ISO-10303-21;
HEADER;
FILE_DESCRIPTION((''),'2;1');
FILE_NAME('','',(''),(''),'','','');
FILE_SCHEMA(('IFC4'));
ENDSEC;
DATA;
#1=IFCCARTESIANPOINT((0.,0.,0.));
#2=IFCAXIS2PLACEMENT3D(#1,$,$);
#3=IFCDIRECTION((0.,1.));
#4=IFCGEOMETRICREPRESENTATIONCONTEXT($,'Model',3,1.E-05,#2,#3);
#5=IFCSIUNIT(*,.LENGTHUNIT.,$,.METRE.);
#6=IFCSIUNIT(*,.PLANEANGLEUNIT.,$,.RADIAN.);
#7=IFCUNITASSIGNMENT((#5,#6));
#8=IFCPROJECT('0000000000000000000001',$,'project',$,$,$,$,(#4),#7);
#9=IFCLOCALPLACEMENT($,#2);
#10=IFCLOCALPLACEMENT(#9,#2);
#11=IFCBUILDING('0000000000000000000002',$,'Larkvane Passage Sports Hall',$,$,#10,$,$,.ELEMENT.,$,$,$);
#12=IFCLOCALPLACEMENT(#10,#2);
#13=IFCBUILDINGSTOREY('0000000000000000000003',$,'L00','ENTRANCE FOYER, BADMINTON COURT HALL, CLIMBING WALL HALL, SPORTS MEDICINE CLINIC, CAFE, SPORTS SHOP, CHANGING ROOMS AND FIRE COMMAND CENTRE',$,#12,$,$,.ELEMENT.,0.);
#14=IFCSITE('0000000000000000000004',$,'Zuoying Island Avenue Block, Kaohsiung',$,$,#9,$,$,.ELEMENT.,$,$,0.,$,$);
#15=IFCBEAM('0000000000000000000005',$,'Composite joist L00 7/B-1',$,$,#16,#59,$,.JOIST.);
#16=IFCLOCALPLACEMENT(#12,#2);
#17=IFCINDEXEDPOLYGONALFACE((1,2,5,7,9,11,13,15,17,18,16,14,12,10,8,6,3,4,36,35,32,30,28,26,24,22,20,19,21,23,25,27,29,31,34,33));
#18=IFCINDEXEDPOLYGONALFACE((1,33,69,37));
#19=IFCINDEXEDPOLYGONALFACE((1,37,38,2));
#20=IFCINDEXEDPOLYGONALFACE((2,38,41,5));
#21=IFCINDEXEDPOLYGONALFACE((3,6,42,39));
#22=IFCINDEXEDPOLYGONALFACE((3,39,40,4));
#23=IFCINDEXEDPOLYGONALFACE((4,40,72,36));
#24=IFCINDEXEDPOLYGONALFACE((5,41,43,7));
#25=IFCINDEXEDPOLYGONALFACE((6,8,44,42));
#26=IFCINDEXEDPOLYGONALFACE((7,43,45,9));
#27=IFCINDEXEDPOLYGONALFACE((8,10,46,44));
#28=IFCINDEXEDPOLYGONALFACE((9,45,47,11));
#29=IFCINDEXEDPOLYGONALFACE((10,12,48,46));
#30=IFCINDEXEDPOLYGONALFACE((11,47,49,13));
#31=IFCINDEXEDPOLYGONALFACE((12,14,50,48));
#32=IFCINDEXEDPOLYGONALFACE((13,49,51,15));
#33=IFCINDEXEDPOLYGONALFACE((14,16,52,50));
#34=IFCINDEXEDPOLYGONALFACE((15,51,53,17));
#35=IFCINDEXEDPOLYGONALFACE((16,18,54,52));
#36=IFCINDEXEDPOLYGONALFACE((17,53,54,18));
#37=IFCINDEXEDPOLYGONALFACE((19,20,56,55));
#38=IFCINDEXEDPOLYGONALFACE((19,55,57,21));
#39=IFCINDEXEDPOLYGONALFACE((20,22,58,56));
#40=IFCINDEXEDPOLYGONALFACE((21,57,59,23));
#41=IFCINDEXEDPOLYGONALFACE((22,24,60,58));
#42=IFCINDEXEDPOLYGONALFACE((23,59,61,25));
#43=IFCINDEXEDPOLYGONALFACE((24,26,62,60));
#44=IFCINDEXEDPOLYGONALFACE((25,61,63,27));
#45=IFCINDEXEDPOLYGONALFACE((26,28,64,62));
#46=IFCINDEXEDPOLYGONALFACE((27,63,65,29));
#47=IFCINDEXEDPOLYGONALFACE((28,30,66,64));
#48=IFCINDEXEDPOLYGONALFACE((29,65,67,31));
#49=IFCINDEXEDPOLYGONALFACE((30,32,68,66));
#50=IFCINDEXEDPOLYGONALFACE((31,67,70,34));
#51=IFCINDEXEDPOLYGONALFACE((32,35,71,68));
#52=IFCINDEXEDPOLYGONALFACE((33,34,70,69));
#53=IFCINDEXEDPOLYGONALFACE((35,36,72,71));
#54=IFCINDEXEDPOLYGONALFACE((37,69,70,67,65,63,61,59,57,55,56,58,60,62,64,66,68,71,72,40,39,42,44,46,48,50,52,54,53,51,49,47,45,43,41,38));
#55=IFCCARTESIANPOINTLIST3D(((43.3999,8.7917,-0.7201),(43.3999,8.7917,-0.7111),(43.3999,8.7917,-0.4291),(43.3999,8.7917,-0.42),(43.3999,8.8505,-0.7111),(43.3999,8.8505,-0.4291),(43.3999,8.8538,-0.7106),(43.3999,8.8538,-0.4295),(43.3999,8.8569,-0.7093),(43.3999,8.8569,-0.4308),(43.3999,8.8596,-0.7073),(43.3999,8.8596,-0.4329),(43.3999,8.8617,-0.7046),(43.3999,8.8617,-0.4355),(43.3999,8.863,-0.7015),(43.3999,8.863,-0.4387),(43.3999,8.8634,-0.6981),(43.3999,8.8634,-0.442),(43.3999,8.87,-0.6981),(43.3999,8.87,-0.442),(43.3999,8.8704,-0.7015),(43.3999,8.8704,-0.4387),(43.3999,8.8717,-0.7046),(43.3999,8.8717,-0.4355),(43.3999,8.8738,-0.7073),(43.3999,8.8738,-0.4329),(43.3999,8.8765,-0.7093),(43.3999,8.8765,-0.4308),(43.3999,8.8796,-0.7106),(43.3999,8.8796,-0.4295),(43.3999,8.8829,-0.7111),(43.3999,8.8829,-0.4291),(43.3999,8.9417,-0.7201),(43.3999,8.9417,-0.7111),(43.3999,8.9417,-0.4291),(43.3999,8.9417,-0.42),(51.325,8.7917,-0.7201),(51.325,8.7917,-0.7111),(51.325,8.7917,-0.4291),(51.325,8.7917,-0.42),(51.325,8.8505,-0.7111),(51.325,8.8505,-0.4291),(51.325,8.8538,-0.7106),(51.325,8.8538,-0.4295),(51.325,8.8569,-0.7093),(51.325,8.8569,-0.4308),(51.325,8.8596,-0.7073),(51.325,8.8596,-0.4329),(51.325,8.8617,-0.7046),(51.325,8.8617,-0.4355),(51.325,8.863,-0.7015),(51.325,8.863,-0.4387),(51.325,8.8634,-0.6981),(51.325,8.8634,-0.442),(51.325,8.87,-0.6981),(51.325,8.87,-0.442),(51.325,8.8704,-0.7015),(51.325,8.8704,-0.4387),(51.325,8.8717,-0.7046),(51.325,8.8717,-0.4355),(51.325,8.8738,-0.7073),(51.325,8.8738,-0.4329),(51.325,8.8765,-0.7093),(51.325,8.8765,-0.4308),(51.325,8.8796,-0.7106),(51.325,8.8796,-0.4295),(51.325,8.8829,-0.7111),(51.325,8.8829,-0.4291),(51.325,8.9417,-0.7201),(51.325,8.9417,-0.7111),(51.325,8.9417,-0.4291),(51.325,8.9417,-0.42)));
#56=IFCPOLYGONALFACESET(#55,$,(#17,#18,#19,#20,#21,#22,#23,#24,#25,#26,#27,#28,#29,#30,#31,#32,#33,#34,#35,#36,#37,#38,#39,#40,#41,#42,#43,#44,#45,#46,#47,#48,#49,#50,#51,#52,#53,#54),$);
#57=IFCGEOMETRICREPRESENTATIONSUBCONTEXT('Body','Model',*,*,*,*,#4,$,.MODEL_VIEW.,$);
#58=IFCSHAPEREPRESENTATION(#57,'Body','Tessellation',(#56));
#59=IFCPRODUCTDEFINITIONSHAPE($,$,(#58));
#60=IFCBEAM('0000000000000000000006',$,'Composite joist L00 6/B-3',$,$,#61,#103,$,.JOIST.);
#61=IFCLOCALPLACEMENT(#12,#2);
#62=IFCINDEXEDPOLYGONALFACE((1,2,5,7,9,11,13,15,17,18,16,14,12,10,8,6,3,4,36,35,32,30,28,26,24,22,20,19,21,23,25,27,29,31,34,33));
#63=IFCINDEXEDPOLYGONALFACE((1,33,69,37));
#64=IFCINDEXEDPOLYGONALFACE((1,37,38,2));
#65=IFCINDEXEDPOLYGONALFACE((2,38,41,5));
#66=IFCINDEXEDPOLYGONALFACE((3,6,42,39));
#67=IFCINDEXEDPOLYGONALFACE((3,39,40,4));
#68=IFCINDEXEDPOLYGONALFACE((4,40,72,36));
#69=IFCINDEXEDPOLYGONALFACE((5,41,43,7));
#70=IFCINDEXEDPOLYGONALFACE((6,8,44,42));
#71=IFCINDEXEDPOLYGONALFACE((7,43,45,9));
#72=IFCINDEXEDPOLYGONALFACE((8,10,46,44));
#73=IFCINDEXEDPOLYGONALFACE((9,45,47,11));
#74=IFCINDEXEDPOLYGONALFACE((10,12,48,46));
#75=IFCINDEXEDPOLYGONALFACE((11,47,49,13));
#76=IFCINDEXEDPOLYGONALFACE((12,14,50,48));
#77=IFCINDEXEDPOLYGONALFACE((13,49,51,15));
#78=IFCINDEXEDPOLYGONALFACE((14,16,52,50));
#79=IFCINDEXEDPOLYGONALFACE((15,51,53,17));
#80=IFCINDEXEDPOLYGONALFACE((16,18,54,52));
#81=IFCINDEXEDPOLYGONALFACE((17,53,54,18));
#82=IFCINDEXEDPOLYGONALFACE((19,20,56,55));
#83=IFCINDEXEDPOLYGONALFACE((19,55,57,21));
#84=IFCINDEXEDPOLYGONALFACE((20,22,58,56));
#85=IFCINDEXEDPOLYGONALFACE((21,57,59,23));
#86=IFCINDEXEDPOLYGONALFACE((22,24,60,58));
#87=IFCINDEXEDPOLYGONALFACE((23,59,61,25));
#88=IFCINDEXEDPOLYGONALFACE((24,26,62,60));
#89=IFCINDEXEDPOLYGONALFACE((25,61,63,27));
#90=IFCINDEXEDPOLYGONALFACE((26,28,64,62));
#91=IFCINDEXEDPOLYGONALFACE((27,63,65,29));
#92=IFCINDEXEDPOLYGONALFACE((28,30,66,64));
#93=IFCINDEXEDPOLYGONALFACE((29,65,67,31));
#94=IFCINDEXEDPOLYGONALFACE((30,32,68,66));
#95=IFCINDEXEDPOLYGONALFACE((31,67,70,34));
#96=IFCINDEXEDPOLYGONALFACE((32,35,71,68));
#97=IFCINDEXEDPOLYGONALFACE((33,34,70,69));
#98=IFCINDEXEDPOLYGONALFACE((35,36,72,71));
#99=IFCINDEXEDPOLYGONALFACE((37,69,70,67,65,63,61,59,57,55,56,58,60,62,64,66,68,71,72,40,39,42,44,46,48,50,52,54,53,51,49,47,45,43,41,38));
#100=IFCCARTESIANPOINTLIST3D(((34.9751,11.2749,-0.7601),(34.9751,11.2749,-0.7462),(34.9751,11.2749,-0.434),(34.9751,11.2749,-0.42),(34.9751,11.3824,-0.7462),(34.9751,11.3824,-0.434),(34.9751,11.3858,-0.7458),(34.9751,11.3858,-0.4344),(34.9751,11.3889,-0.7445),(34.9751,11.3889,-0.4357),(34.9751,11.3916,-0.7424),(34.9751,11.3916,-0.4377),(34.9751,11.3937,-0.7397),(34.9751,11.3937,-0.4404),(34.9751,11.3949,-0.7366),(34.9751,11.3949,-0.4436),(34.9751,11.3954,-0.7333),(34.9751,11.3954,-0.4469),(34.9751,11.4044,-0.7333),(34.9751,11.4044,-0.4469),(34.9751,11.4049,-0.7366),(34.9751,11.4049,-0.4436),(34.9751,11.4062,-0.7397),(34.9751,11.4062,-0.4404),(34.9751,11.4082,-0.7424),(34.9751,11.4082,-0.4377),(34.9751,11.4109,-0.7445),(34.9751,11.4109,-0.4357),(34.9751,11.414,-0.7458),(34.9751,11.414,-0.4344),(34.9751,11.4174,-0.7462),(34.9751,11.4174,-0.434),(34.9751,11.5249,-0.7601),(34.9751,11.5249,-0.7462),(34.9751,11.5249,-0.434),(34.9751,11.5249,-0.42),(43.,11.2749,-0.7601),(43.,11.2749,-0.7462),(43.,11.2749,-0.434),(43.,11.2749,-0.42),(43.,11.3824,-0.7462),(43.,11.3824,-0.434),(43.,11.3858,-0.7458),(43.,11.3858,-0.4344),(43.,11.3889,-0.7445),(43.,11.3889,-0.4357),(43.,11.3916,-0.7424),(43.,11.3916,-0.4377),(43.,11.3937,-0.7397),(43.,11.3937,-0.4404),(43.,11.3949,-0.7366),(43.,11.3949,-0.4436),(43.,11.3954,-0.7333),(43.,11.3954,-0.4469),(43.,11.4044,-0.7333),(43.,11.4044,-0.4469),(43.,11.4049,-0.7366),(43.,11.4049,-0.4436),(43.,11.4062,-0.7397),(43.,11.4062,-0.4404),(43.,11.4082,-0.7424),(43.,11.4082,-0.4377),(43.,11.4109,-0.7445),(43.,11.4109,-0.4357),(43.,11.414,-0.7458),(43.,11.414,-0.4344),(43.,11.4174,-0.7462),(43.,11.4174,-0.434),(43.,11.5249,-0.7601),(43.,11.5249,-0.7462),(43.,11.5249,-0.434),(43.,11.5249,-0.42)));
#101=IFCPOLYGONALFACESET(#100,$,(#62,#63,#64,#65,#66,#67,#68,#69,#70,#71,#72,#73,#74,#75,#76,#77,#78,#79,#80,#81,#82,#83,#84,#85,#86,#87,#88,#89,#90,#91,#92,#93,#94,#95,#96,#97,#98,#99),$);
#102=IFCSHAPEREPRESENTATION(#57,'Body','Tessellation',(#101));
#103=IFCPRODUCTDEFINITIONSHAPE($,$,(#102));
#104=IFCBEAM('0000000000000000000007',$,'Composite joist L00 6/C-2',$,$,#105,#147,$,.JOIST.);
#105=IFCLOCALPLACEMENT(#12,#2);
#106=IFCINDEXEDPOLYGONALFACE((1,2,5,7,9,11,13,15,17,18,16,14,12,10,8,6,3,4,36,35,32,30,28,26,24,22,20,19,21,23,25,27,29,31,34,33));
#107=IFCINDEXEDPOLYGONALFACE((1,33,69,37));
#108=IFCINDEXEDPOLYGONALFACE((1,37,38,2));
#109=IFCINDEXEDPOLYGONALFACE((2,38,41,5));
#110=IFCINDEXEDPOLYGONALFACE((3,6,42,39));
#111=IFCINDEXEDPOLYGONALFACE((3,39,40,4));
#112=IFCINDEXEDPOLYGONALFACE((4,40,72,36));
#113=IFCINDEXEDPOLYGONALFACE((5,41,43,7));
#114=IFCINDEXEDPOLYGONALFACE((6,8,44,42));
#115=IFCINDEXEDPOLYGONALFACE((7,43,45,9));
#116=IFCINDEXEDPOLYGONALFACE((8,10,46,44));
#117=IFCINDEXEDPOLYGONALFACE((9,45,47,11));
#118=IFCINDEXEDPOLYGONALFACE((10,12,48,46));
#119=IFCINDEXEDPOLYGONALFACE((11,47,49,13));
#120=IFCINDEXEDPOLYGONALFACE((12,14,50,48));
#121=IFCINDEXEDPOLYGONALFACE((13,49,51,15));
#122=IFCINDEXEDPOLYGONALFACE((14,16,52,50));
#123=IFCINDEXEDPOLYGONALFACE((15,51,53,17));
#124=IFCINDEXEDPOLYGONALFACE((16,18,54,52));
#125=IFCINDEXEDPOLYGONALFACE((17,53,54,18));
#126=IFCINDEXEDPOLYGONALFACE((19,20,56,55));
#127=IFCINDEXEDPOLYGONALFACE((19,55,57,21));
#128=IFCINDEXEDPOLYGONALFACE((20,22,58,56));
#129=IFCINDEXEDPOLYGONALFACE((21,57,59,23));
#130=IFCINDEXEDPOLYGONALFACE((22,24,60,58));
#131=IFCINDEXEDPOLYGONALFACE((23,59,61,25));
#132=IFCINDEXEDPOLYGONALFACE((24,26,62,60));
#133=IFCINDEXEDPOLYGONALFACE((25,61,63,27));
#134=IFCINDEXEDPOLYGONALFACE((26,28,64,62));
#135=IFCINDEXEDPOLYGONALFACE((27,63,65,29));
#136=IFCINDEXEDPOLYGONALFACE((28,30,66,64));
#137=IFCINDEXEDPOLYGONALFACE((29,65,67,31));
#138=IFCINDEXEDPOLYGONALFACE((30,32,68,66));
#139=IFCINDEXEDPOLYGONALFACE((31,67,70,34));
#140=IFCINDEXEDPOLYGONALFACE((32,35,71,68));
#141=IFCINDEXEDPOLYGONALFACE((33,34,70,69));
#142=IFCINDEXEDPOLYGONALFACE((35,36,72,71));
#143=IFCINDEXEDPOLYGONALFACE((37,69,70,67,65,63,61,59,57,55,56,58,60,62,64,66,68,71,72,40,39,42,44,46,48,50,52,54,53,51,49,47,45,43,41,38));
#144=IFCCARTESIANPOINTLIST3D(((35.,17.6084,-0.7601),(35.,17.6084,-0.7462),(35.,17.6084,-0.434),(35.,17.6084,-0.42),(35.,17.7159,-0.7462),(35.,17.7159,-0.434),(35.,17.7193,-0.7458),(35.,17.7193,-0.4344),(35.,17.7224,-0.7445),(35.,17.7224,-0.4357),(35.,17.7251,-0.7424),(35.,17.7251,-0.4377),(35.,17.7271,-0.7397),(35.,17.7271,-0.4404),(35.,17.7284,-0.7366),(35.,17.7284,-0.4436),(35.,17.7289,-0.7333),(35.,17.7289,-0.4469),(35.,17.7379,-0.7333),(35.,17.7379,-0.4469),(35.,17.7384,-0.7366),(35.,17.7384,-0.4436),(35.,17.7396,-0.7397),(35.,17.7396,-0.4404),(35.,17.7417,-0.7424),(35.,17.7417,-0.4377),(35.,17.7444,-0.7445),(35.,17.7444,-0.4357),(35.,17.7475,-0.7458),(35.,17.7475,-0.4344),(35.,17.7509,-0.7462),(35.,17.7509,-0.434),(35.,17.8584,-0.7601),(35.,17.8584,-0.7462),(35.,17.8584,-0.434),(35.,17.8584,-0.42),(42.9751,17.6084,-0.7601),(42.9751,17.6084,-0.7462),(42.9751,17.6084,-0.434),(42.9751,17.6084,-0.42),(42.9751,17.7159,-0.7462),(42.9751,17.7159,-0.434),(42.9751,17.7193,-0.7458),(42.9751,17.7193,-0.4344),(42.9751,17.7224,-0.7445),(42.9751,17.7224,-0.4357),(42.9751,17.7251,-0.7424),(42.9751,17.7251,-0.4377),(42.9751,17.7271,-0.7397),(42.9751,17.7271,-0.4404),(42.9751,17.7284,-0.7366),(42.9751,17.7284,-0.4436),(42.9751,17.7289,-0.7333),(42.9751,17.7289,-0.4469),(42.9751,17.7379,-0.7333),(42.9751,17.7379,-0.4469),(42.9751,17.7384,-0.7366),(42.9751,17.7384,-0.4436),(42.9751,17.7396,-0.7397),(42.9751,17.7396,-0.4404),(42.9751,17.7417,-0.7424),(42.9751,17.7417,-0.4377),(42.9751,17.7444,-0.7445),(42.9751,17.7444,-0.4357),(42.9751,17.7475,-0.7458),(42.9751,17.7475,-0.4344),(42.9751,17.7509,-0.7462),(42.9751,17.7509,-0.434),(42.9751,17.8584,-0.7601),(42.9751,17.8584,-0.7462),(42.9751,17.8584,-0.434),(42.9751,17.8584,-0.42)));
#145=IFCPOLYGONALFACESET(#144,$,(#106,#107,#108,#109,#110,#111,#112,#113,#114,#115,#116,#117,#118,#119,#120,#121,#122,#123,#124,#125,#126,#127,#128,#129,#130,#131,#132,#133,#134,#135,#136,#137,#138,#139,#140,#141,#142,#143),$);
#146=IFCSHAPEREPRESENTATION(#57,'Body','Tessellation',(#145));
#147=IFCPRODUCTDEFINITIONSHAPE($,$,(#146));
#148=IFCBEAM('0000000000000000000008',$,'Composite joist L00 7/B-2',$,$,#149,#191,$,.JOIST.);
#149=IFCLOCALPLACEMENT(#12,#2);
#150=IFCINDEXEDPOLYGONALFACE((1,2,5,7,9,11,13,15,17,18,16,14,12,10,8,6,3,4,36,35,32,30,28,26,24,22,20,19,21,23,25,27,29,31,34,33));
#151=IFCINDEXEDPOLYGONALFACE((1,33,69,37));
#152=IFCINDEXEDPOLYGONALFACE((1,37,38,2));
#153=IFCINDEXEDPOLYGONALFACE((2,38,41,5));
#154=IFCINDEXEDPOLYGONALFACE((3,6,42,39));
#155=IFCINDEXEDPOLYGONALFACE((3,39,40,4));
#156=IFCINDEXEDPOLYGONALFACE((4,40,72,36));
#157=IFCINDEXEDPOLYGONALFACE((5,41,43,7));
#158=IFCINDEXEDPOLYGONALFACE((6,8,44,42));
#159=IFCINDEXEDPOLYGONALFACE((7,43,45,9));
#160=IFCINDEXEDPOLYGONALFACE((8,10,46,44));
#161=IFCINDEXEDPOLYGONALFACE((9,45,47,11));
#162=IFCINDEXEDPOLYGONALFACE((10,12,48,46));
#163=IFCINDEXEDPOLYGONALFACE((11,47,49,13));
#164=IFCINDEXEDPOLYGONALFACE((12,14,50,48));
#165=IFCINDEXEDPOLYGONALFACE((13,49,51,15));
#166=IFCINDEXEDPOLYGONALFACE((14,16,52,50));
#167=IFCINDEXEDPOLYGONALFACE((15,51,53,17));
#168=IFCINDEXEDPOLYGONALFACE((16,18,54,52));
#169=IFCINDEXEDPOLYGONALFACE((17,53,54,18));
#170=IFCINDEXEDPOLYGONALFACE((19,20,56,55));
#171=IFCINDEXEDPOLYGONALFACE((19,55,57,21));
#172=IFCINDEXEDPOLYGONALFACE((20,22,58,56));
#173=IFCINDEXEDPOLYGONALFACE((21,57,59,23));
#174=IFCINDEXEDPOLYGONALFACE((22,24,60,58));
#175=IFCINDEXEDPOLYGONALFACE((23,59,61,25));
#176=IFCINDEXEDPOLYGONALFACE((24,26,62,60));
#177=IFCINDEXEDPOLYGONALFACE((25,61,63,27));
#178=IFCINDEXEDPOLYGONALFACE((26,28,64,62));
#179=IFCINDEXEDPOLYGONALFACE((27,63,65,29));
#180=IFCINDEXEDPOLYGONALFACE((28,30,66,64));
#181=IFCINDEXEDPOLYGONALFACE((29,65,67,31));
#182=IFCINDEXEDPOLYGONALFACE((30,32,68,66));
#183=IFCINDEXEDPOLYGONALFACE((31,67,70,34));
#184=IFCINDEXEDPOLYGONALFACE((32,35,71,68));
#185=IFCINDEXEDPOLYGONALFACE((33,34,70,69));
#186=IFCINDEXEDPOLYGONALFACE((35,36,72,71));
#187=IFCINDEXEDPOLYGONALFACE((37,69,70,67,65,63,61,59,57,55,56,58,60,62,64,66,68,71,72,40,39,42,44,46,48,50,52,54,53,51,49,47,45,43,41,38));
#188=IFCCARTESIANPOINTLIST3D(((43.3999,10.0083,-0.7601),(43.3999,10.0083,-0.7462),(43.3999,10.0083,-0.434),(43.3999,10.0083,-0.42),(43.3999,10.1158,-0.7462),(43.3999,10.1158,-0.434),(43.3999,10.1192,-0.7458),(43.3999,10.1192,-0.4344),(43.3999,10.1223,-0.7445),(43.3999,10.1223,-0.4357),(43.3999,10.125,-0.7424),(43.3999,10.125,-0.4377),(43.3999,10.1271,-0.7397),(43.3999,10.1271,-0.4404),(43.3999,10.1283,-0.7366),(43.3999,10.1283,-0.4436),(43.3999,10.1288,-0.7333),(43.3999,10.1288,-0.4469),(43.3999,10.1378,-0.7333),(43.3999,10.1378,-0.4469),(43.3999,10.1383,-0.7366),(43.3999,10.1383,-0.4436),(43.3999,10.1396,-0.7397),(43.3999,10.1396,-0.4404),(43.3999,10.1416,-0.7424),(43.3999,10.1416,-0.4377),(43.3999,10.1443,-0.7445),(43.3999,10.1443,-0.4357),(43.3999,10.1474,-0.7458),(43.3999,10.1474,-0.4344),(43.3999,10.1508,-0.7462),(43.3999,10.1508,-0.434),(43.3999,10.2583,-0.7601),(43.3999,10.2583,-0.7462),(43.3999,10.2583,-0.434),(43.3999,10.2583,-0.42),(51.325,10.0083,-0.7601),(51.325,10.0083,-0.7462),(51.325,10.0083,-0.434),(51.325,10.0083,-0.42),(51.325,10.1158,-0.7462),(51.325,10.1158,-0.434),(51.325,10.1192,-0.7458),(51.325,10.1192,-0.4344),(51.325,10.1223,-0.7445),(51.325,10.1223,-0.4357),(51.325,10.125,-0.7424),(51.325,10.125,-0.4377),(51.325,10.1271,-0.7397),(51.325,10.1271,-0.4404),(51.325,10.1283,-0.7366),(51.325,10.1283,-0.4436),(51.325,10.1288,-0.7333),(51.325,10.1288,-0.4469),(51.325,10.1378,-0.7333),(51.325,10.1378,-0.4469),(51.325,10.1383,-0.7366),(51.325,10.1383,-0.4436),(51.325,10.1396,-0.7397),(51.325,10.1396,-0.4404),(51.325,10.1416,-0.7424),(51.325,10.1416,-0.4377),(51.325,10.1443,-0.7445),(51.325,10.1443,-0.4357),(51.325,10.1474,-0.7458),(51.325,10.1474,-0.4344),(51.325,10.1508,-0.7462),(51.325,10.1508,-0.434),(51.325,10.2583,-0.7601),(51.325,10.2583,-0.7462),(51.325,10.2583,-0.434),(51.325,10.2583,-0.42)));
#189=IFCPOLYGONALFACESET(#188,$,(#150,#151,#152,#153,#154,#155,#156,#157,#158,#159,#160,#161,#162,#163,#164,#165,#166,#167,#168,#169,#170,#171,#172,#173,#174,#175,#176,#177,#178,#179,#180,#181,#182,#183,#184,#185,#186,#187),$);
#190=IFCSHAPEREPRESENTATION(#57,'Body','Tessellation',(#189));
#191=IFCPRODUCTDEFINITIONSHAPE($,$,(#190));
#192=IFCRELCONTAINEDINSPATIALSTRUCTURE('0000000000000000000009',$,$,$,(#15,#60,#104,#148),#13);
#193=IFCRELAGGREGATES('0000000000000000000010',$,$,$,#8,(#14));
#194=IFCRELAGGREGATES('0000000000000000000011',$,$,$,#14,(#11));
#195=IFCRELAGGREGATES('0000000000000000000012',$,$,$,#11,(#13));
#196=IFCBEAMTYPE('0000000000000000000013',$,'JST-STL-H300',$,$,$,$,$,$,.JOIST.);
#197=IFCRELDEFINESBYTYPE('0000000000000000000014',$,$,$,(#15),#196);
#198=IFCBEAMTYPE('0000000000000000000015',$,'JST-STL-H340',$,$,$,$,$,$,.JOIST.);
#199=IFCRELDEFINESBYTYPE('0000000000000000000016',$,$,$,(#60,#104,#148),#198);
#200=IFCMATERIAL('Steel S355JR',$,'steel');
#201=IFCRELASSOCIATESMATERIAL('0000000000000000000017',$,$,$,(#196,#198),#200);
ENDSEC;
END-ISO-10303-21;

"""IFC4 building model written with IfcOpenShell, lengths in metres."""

from ifc_helpers import new_model, si_unit, direction, frame, origin, origin_2d, place, context, subcontext, project, spatial, i_section, extrude, material, material_profile, profile_set, type_object, element, save


model = new_model("IFC4")

# Units and contexts
model_context = context("Model", 3, precision=1e-05, world=origin(), true_north=direction((0.0, 1.0)))
body_context = subcontext(model_context, "Body", "Model", "MODEL_VIEW")
ifc_project = project(units=[si_unit("LENGTHUNIT", "METRE"), si_unit("PLANEANGLEUNIT", "RADIAN")], contexts=[model_context])

# Site, building, storey
site_placement = place(None, origin())
site = spatial("IfcSite", under=ifc_project, at=site_placement, Name="Zuoying Island Avenue Block, Kaohsiung", CompositionType="ELEMENT", RefElevation=0.0)
building_placement = place(site_placement, origin())
building = spatial("IfcBuilding", under=site, at=building_placement, Name="Larkvane Passage Sports Hall", CompositionType="ELEMENT")
storey_placement = place(building_placement, origin())
storey = spatial("IfcBuildingStorey", under=building, at=storey_placement, Name="L00", Description="ENTRANCE FOYER, BADMINTON COURT HALL, CLIMBING WALL HALL, SPORTS MEDICINE CLINIC, CAFE, SPORTS SHOP, CHANGING ROOMS AND FIRE COMMAND CENTRE", CompositionType="ELEMENT", Elevation=0.0)

# Beams
ifc_material_1 = material(Name="Steel S355JR", Category="steel")
ifc_material_profile_1 = material_profile(ifc_material_1, i_section(OverallWidth=0.1499, OverallDepth=0.3, WebThickness=0.0066, FlangeThickness=0.009, FilletRadius=0.0129, at=origin_2d()), Name="H-300x150x6.5x9")
ifc_profile_set_1 = profile_set([ifc_material_profile_1], Name="Steel S355JR")
beam_type_1 = type_object("IfcBeamType", Name="JST-STL-H300", PredefinedType="JOIST", material=ifc_profile_set_1)
beam_1_placement = place(storey_placement, frame((43.3999, 8.8667, -0.5701), z_axis=(1.0, 0.0, 0.0), x_axis=(0.0, 1.0, 0.0)))
element("IfcBeam", 1, at=beam_1_placement, inside=storey, type_object=beam_type_1, Name="Composite joist L00 7/B-1", PredefinedType="JOIST", context=body_context, shape_type="SweptSolid", body=[
    extrude(i_section(OverallWidth=0.1499, OverallDepth=0.3, WebThickness=0.0066, FlangeThickness=0.009, FilletRadius=0.0129, at=origin_2d()), origin(), (0.0, 0.0, 1.0), 7.925),
])
ifc_material_profile_2 = material_profile(ifc_material_1, i_section(OverallWidth=0.25, OverallDepth=0.3401, WebThickness=0.009, FlangeThickness=0.0139, FilletRadius=0.0129, at=origin_2d()), Name="H-340x250x9x14")
ifc_profile_set_2 = profile_set([ifc_material_profile_2], Name="Steel S355JR")
beam_type_2 = type_object("IfcBeamType", Name="JST-STL-H340", PredefinedType="JOIST", material=ifc_profile_set_2)
beam_2_placement = place(storey_placement, frame((34.9751, 11.3999, -0.5901), z_axis=(1.0, 0.0, 0.0), x_axis=(0.0, 1.0, 0.0)))
element("IfcBeam", 2, at=beam_2_placement, inside=storey, type_object=beam_type_2, Name="Composite joist L00 6/B-3", PredefinedType="JOIST", context=body_context, shape_type="SweptSolid", body=[
    extrude(i_section(OverallWidth=0.25, OverallDepth=0.3401, WebThickness=0.009, FlangeThickness=0.0139, FilletRadius=0.0129, at=origin_2d()), origin(), (0.0, 0.0, 1.0), 8.0249),
])
beam_3_placement = place(storey_placement, frame((35.0, 17.7334, -0.5901), z_axis=(1.0, 0.0, 0.0), x_axis=(0.0, 1.0, 0.0)))
element("IfcBeam", 3, at=beam_3_placement, inside=storey, type_object=beam_type_2, Name="Composite joist L00 6/C-2", PredefinedType="JOIST", context=body_context, shape_type="SweptSolid", body=[
    extrude(i_section(OverallWidth=0.25, OverallDepth=0.3401, WebThickness=0.009, FlangeThickness=0.0139, FilletRadius=0.0129, at=origin_2d()), origin(), (0.0, 0.0, 1.0), 7.9751),
])
beam_4_placement = place(storey_placement, frame((43.3999, 10.1333, -0.5901), z_axis=(1.0, 0.0, 0.0), x_axis=(0.0, 1.0, 0.0)))
element("IfcBeam", 4, at=beam_4_placement, inside=storey, type_object=beam_type_2, Name="Composite joist L00 7/B-2", PredefinedType="JOIST", context=body_context, shape_type="SweptSolid", body=[
    extrude(i_section(OverallWidth=0.25, OverallDepth=0.3401, WebThickness=0.009, FlangeThickness=0.0139, FilletRadius=0.0129, at=origin_2d()), origin(), (0.0, 0.0, 1.0), 7.925),
])

save(model, "model.ifc")
